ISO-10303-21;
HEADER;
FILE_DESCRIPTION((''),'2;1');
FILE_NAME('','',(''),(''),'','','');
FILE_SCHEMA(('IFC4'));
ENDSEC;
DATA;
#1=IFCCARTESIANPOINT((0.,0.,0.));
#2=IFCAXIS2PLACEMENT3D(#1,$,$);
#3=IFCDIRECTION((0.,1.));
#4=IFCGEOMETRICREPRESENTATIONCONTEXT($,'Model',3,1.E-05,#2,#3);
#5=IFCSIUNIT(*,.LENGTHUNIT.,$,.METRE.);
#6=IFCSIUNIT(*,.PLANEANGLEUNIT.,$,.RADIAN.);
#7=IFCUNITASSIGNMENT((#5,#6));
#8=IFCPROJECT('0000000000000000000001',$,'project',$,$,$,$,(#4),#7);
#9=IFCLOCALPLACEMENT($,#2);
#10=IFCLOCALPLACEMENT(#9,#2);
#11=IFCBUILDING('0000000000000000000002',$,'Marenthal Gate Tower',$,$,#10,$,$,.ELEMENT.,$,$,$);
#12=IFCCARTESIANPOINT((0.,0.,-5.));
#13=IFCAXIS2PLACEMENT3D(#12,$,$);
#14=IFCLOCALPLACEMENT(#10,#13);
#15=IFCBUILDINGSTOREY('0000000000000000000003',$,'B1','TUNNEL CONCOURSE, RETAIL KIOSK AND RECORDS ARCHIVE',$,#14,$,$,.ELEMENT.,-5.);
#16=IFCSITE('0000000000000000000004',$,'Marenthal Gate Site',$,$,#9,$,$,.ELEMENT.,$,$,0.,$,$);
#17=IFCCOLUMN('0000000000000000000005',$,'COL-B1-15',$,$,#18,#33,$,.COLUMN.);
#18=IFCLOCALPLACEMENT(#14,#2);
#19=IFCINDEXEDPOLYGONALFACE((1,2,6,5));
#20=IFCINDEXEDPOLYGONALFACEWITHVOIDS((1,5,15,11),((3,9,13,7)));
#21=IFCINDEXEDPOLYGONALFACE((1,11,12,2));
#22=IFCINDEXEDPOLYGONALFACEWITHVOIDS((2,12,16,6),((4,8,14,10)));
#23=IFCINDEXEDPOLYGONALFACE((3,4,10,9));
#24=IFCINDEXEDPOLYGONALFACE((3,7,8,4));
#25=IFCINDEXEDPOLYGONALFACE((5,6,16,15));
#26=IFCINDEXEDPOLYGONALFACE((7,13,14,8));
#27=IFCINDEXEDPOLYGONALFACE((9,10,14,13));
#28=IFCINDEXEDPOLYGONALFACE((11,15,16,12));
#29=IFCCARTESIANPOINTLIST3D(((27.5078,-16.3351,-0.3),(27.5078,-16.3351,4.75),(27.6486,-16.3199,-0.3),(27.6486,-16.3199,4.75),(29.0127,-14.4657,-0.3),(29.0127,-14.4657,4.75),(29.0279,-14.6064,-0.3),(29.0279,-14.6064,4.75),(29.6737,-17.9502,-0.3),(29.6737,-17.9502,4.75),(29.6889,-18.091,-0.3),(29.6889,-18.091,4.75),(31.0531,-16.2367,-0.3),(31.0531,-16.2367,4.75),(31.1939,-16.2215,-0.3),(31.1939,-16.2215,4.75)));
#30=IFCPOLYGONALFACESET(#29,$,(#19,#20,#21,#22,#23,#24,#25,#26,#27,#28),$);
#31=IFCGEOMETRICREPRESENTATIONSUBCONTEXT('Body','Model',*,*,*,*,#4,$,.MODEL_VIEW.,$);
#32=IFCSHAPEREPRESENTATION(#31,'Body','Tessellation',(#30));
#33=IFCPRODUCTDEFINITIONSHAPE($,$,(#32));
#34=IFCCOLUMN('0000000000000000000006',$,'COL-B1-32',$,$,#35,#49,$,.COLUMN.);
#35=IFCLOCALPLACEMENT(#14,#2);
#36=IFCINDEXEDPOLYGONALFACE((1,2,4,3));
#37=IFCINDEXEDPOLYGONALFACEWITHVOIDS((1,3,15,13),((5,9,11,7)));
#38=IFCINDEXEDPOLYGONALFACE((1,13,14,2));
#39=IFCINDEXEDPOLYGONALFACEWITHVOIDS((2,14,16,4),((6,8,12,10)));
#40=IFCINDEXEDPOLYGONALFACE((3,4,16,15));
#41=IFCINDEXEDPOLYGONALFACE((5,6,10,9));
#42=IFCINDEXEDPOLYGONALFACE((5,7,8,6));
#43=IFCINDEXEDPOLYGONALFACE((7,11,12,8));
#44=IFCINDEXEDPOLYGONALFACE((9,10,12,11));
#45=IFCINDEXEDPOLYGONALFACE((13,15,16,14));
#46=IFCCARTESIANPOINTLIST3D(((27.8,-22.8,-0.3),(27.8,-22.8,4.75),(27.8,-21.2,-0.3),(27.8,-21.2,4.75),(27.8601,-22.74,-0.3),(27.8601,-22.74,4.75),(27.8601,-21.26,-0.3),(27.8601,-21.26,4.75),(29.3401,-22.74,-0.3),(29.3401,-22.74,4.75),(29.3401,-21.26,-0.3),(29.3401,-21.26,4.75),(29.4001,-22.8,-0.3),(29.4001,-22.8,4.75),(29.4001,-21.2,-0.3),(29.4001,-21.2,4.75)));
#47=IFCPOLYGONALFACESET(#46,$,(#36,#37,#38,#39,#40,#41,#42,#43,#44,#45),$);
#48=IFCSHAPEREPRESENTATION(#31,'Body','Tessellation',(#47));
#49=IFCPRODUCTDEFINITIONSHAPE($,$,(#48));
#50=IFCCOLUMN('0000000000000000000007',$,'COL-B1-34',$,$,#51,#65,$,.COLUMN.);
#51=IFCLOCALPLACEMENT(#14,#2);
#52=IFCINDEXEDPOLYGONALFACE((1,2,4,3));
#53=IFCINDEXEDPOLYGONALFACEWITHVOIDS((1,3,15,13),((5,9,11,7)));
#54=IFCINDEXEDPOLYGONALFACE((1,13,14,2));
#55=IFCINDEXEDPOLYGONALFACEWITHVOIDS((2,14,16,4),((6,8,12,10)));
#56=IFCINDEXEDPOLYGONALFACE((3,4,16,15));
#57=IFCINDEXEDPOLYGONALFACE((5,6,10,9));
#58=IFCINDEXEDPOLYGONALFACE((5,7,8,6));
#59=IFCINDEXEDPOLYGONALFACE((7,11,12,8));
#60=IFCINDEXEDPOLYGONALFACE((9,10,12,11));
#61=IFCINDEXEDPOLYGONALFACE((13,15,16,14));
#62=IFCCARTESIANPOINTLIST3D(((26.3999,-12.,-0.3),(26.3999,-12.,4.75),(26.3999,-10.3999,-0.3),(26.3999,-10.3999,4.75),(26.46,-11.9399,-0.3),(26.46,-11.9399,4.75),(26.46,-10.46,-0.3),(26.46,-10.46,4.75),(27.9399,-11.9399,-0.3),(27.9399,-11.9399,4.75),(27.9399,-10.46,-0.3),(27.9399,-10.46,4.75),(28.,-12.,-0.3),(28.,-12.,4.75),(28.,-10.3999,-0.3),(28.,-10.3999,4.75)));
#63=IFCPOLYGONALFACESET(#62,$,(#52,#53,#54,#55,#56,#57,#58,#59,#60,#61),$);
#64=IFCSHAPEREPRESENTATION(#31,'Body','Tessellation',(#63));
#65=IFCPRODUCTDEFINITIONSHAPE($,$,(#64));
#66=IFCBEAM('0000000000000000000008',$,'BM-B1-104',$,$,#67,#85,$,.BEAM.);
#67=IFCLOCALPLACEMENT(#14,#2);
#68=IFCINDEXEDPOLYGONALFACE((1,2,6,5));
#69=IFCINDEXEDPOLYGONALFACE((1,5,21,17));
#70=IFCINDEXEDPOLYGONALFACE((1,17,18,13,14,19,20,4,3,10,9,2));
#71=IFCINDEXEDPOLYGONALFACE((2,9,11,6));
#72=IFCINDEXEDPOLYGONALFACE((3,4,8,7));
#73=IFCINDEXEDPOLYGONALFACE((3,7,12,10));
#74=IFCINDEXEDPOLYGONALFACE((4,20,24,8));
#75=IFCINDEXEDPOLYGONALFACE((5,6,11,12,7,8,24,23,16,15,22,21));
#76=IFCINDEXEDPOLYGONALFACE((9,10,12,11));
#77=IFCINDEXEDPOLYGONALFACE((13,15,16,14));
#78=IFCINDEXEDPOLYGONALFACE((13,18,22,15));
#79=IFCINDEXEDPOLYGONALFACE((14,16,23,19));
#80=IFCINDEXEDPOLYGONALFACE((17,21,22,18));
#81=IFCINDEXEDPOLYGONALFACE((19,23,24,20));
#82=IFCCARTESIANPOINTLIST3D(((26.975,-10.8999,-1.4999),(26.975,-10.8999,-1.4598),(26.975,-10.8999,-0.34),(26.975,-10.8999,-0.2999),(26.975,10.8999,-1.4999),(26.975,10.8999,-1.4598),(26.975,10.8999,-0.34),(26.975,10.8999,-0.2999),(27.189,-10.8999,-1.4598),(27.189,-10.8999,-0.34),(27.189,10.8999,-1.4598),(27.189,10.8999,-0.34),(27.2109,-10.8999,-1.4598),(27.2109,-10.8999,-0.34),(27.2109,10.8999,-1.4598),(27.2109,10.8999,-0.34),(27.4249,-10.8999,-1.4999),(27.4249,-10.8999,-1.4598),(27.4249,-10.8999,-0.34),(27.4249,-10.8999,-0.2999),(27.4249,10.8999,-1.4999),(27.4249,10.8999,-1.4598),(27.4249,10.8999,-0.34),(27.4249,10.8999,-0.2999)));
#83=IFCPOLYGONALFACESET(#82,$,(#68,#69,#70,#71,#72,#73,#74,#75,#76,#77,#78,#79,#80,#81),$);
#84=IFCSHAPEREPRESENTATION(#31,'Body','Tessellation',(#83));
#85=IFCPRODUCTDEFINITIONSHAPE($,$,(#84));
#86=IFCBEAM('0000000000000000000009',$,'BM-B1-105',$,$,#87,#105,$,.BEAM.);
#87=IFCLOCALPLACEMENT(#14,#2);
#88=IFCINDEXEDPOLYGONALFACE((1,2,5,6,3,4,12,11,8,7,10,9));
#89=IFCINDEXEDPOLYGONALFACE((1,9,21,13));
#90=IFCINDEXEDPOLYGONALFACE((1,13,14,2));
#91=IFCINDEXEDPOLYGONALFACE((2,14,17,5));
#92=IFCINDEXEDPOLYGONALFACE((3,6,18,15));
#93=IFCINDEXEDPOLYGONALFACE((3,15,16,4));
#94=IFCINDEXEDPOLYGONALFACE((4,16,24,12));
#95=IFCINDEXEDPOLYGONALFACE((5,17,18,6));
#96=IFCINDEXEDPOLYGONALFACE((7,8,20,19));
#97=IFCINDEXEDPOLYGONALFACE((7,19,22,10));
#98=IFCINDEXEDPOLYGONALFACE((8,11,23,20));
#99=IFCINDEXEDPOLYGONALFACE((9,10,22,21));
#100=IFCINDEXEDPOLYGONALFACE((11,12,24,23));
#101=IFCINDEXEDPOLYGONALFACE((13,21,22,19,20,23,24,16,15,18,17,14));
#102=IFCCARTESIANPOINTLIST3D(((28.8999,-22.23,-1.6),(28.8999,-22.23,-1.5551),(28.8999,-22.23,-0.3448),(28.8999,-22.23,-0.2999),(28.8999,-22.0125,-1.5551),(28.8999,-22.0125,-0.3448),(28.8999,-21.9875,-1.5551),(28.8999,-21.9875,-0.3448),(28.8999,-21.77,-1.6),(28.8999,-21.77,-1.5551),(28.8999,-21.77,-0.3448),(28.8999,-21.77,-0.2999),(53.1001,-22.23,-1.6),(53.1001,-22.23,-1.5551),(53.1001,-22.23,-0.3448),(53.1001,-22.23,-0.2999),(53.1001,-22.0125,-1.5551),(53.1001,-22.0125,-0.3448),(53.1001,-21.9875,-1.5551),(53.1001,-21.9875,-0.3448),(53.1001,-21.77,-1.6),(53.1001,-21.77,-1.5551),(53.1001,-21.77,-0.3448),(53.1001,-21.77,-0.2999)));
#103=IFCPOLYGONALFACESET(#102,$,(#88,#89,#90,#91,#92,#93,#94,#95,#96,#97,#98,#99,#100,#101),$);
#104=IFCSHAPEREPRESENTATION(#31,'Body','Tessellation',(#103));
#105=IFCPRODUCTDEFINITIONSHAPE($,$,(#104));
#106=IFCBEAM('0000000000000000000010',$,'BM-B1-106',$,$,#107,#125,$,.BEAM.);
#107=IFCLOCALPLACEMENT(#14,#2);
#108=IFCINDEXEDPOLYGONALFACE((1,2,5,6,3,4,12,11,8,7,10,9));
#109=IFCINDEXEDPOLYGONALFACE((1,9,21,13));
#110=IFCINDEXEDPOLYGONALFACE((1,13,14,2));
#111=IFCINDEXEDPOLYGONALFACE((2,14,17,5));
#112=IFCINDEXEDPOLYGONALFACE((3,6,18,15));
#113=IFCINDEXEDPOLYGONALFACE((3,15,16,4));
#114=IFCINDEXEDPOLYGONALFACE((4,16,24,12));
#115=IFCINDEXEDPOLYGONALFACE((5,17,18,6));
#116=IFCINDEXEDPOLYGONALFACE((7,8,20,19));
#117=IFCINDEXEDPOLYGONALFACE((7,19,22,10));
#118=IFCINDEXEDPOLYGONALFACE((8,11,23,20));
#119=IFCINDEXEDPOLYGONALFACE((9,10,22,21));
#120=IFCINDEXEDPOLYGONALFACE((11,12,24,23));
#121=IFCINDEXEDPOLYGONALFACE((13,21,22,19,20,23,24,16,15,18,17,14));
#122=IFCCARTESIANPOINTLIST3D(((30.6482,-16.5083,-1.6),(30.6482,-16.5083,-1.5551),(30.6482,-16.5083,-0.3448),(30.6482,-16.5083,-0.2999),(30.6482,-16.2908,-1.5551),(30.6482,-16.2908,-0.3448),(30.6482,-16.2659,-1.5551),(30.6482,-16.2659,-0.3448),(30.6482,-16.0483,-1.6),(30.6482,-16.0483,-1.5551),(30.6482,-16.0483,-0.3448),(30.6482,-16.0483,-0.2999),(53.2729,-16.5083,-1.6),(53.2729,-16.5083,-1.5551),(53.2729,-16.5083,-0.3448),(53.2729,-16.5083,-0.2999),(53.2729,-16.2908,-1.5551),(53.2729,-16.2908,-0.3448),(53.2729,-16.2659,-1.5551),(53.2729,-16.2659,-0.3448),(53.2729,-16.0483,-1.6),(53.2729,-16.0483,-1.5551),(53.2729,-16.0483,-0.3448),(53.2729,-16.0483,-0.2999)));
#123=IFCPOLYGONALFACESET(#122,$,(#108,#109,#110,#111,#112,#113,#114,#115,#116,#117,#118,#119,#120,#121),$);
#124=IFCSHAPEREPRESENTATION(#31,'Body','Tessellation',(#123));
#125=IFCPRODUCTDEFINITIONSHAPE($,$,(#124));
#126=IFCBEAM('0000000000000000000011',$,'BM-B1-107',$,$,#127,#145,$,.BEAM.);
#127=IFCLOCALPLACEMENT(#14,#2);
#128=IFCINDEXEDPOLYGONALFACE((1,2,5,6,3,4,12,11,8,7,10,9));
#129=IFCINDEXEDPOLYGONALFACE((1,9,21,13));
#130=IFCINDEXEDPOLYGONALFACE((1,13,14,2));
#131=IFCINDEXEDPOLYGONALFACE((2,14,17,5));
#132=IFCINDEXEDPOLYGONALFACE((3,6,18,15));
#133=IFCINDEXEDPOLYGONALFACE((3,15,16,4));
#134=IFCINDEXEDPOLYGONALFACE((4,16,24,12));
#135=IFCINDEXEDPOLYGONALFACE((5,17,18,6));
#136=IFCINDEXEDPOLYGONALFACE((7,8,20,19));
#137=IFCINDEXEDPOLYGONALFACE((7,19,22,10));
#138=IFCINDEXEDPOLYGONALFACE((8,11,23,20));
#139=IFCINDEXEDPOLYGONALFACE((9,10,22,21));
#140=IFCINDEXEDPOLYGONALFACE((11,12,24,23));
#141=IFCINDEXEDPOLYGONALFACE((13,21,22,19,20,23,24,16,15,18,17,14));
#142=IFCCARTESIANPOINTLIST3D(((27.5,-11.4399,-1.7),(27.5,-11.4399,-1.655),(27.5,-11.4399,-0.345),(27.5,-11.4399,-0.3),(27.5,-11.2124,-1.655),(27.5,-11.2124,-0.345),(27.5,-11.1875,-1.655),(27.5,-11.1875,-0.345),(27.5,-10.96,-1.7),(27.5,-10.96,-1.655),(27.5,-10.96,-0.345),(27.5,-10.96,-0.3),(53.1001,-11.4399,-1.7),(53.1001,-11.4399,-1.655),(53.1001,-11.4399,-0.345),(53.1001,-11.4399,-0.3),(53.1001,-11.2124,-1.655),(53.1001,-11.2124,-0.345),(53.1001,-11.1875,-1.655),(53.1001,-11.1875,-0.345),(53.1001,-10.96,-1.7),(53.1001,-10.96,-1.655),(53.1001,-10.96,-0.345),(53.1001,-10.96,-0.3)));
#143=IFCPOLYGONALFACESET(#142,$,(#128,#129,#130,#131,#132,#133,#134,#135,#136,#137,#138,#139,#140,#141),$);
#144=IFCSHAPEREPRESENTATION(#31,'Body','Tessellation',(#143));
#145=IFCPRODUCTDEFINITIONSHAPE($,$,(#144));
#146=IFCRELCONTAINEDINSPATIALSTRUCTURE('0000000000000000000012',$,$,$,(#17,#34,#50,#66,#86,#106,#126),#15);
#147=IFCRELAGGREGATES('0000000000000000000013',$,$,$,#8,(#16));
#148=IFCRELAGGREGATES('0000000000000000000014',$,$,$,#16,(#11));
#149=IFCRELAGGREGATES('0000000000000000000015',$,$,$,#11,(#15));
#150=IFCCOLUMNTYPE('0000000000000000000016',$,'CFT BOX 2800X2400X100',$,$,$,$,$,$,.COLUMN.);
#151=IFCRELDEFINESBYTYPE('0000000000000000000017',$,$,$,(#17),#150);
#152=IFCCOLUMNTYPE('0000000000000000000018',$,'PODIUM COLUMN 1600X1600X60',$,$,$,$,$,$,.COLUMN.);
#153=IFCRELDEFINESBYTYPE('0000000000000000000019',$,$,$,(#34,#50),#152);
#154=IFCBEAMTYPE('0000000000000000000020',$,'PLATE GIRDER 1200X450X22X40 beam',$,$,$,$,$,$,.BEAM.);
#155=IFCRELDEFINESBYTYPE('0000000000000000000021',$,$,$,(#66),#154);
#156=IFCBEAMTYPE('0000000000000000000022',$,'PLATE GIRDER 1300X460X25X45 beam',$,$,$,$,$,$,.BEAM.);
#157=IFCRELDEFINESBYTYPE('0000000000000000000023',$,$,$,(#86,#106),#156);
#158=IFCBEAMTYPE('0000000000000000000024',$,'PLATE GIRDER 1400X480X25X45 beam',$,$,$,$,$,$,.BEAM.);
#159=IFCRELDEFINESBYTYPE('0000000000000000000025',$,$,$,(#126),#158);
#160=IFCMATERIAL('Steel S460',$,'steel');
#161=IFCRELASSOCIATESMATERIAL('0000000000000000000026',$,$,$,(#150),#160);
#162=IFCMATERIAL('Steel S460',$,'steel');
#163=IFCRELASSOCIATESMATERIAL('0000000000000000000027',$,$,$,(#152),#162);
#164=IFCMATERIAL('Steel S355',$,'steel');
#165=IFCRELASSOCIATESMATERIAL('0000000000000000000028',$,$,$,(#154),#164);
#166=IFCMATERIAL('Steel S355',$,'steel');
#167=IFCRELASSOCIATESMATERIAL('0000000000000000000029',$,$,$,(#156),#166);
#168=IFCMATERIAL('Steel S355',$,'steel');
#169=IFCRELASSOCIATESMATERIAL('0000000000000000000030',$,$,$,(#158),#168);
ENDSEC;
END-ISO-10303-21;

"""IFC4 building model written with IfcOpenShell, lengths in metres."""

from ifc_helpers import new_model, si_unit, direction, frame, origin, origin_2d, place, context, subcontext, project, spatial, rectangle, hollow_rectangle, i_section, extrude, material, material_profile, profile_set, type_object, element, save


model = new_model("IFC4")

# Units and contexts
model_context = context("Model", 3, precision=1e-05, world=origin(), true_north=direction((0.0, 1.0)))
body_context = subcontext(model_context, "Body", "Model", "MODEL_VIEW")
ifc_project = project(units=[si_unit("LENGTHUNIT", "METRE"), si_unit("PLANEANGLEUNIT", "RADIAN")], contexts=[model_context])

# Site, building, storey
site_placement = place(None, origin())
site = spatial("IfcSite", under=ifc_project, at=site_placement, Name="Marenthal Gate Site", CompositionType="ELEMENT", RefElevation=0.0)
building_placement = place(site_placement, origin())
building = spatial("IfcBuilding", under=site, at=building_placement, Name="Marenthal Gate Tower", CompositionType="ELEMENT")
storey_placement = place(building_placement, frame((0.0, 0.0, -5.0)))
storey = spatial("IfcBuildingStorey", under=building, at=storey_placement, Name="B1", Description="TUNNEL CONCOURSE, RETAIL KIOSK AND RECORDS ARCHIVE", CompositionType="ELEMENT", Elevation=-5.0)

# Columns
ifc_material_1 = material(Name="Steel S460", Category="steel")
ifc_material_profile_1 = material_profile(ifc_material_1, hollow_rectangle(XDim=2.3999, YDim=2.8, WallThickness=0.1001, at=origin_2d()), Name="CFT BOX 2800X2400X100")
ifc_material_2 = material(Name="Concrete 70 MPa", Category="concrete")
ifc_material_profile_2 = material_profile(ifc_material_2, rectangle(XDim=2.2, YDim=2.6001, at=origin_2d()), Name="CFT BOX 2800X2400X100 INFILL")
ifc_profile_set_1 = profile_set([ifc_material_profile_1, ifc_material_profile_2], Name="Steel S460 shell, Concrete 70 MPa infill")
column_type_1 = type_object("IfcColumnType", Name="CFT BOX 2800X2400X100", PredefinedType="COLUMN", material=ifc_profile_set_1)
column_placement = place(storey_placement, frame((29.3508, -16.2783, -0.3), z_axis=(0.0, 0.0, 1.0), x_axis=(-0.62707, -0.778963, 0.0)))
element("IfcColumn", 1, at=column_placement, inside=storey, type_object=column_type_1, Name="COL-B1-15", PredefinedType="COLUMN", context=body_context, shape_type="SweptSolid", body=[
    extrude(hollow_rectangle(XDim=2.3999, YDim=2.8, WallThickness=0.1001, at=origin_2d()), origin(), (0.0, 0.0, 1.0), 5.05),
])
ifc_material_3 = material(Name="Steel S460", Category="steel")
ifc_material_profile_3 = material_profile(ifc_material_3, hollow_rectangle(XDim=1.6001, YDim=1.6001, WallThickness=0.0601, at=origin_2d()), Name="CFT BOX 1600X1600X60")
ifc_material_4 = material(Name="Concrete 70 MPa", Category="concrete")
ifc_material_profile_4 = material_profile(ifc_material_4, rectangle(XDim=1.48, YDim=1.48, at=origin_2d()), Name="CFT BOX 1600X1600X60 INFILL")
ifc_profile_set_2 = profile_set([ifc_material_profile_3, ifc_material_profile_4], Name="Steel S460 shell, Concrete 70 MPa infill")
column_type_2 = type_object("IfcColumnType", Name="PODIUM COLUMN 1600X1600X60", PredefinedType="COLUMN", material=ifc_profile_set_2)
for number, where, z_axis, x_axis, name in (
    (2, (28.6001, -22.0, -0.3), (0.0, 0.0, 1.0), (1.0, 0.0, 0.0), "COL-B1-32"),
    (3, (27.2, -11.2, -0.3), (0.0, 0.0, 1.0), (1.0, 0.0, 0.0), "COL-B1-34"),
):
    element("IfcColumn", number, at=place(storey_placement, frame(where, z_axis=z_axis, x_axis=x_axis)), inside=storey, type_object=column_type_2, Name=name, PredefinedType="COLUMN", context=body_context, shape_type="SweptSolid", body=[
        extrude(hollow_rectangle(XDim=1.6001, YDim=1.6001, WallThickness=0.0601, at=origin_2d()), origin(), (0.0, 0.0, 1.0), 5.05),
    ])

# Beams
ifc_material_5 = material(Name="Steel S355", Category="steel")
ifc_material_profile_5 = material_profile(ifc_material_5, i_section(OverallWidth=0.45, OverallDepth=1.2, WebThickness=0.022, FlangeThickness=0.04, at=origin_2d()), Name="PLATE GIRDER 1200X450X22X40")
ifc_profile_set_3 = profile_set([ifc_material_profile_5], Name="Steel S355")
beam_type_1 = type_object("IfcBeamType", Name="PLATE GIRDER 1200X450X22X40 beam", PredefinedType="BEAM", material=ifc_profile_set_3)
beam_1_placement = place(storey_placement, frame((27.2, -10.8999, -0.8999), z_axis=(0.0, 1.0, 0.0), x_axis=(-1.0, 0.0, 0.0)))
element("IfcBeam", 4, at=beam_1_placement, inside=storey, type_object=beam_type_1, Name="BM-B1-104", PredefinedType="BEAM", context=body_context, shape_type="SweptSolid", body=[
    extrude(i_section(OverallWidth=0.45, OverallDepth=1.2, WebThickness=0.022, FlangeThickness=0.04, at=origin_2d()), origin(), (0.0, 0.0, 1.0), 21.7998),
])
ifc_material_6 = material(Name="Steel S355", Category="steel")
ifc_material_profile_6 = material_profile(ifc_material_6, i_section(OverallWidth=0.46, OverallDepth=1.3, WebThickness=0.0249, FlangeThickness=0.0449, at=origin_2d()), Name="PLATE GIRDER 1300X460X25X45")
ifc_profile_set_4 = profile_set([ifc_material_profile_6], Name="Steel S355")
beam_type_2 = type_object("IfcBeamType", Name="PLATE GIRDER 1300X460X25X45 beam", PredefinedType="BEAM", material=ifc_profile_set_4)
beam_2_placement = place(storey_placement, frame((28.8999, -22.0, -0.95), z_axis=(1.0, 0.0, 0.0), x_axis=(0.0, 1.0, 0.0)))
element("IfcBeam", 5, at=beam_2_placement, inside=storey, type_object=beam_type_2, Name="BM-B1-105", PredefinedType="BEAM", context=body_context, shape_type="SweptSolid", body=[
    extrude(i_section(OverallWidth=0.46, OverallDepth=1.3, WebThickness=0.0249, FlangeThickness=0.0449, at=origin_2d()), origin(), (0.0, 0.0, 1.0), 24.2002),
])
beam_3_placement = place(storey_placement, frame((30.6482, -16.2783, -0.95), z_axis=(1.0, 0.0, 0.0), x_axis=(0.0, 1.0, 0.0)))
element("IfcBeam", 6, at=beam_3_placement, inside=storey, type_object=beam_type_2, Name="BM-B1-106", PredefinedType="BEAM", context=body_context, shape_type="SweptSolid", body=[
    extrude(i_section(OverallWidth=0.46, OverallDepth=1.3, WebThickness=0.0249, FlangeThickness=0.0449, at=origin_2d()), origin(), (0.0, 0.0, 1.0), 22.6248),
])
ifc_material_7 = material(Name="Steel S355", Category="steel")
ifc_material_profile_7 = material_profile(ifc_material_7, i_section(OverallWidth=0.48, OverallDepth=1.3999, WebThickness=0.0249, FlangeThickness=0.0449, at=origin_2d()), Name="PLATE GIRDER 1400X480X25X45")
ifc_profile_set_5 = profile_set([ifc_material_profile_7], Name="Steel S355")
beam_type_3 = type_object("IfcBeamType", Name="PLATE GIRDER 1400X480X25X45 beam", PredefinedType="BEAM", material=ifc_profile_set_5)
beam_4_placement = place(storey_placement, frame((27.5, -11.2, -1.0), z_axis=(1.0, 0.0, 0.0), x_axis=(0.0, 1.0, 0.0)))
element("IfcBeam", 7, at=beam_4_placement, inside=storey, type_object=beam_type_3, Name="BM-B1-107", PredefinedType="BEAM", context=body_context, shape_type="SweptSolid", body=[
    extrude(i_section(OverallWidth=0.48, OverallDepth=1.3999, WebThickness=0.0249, FlangeThickness=0.0449, at=origin_2d()), origin(), (0.0, 0.0, 1.0), 25.6001),
])

save(model, "model.ifc")
